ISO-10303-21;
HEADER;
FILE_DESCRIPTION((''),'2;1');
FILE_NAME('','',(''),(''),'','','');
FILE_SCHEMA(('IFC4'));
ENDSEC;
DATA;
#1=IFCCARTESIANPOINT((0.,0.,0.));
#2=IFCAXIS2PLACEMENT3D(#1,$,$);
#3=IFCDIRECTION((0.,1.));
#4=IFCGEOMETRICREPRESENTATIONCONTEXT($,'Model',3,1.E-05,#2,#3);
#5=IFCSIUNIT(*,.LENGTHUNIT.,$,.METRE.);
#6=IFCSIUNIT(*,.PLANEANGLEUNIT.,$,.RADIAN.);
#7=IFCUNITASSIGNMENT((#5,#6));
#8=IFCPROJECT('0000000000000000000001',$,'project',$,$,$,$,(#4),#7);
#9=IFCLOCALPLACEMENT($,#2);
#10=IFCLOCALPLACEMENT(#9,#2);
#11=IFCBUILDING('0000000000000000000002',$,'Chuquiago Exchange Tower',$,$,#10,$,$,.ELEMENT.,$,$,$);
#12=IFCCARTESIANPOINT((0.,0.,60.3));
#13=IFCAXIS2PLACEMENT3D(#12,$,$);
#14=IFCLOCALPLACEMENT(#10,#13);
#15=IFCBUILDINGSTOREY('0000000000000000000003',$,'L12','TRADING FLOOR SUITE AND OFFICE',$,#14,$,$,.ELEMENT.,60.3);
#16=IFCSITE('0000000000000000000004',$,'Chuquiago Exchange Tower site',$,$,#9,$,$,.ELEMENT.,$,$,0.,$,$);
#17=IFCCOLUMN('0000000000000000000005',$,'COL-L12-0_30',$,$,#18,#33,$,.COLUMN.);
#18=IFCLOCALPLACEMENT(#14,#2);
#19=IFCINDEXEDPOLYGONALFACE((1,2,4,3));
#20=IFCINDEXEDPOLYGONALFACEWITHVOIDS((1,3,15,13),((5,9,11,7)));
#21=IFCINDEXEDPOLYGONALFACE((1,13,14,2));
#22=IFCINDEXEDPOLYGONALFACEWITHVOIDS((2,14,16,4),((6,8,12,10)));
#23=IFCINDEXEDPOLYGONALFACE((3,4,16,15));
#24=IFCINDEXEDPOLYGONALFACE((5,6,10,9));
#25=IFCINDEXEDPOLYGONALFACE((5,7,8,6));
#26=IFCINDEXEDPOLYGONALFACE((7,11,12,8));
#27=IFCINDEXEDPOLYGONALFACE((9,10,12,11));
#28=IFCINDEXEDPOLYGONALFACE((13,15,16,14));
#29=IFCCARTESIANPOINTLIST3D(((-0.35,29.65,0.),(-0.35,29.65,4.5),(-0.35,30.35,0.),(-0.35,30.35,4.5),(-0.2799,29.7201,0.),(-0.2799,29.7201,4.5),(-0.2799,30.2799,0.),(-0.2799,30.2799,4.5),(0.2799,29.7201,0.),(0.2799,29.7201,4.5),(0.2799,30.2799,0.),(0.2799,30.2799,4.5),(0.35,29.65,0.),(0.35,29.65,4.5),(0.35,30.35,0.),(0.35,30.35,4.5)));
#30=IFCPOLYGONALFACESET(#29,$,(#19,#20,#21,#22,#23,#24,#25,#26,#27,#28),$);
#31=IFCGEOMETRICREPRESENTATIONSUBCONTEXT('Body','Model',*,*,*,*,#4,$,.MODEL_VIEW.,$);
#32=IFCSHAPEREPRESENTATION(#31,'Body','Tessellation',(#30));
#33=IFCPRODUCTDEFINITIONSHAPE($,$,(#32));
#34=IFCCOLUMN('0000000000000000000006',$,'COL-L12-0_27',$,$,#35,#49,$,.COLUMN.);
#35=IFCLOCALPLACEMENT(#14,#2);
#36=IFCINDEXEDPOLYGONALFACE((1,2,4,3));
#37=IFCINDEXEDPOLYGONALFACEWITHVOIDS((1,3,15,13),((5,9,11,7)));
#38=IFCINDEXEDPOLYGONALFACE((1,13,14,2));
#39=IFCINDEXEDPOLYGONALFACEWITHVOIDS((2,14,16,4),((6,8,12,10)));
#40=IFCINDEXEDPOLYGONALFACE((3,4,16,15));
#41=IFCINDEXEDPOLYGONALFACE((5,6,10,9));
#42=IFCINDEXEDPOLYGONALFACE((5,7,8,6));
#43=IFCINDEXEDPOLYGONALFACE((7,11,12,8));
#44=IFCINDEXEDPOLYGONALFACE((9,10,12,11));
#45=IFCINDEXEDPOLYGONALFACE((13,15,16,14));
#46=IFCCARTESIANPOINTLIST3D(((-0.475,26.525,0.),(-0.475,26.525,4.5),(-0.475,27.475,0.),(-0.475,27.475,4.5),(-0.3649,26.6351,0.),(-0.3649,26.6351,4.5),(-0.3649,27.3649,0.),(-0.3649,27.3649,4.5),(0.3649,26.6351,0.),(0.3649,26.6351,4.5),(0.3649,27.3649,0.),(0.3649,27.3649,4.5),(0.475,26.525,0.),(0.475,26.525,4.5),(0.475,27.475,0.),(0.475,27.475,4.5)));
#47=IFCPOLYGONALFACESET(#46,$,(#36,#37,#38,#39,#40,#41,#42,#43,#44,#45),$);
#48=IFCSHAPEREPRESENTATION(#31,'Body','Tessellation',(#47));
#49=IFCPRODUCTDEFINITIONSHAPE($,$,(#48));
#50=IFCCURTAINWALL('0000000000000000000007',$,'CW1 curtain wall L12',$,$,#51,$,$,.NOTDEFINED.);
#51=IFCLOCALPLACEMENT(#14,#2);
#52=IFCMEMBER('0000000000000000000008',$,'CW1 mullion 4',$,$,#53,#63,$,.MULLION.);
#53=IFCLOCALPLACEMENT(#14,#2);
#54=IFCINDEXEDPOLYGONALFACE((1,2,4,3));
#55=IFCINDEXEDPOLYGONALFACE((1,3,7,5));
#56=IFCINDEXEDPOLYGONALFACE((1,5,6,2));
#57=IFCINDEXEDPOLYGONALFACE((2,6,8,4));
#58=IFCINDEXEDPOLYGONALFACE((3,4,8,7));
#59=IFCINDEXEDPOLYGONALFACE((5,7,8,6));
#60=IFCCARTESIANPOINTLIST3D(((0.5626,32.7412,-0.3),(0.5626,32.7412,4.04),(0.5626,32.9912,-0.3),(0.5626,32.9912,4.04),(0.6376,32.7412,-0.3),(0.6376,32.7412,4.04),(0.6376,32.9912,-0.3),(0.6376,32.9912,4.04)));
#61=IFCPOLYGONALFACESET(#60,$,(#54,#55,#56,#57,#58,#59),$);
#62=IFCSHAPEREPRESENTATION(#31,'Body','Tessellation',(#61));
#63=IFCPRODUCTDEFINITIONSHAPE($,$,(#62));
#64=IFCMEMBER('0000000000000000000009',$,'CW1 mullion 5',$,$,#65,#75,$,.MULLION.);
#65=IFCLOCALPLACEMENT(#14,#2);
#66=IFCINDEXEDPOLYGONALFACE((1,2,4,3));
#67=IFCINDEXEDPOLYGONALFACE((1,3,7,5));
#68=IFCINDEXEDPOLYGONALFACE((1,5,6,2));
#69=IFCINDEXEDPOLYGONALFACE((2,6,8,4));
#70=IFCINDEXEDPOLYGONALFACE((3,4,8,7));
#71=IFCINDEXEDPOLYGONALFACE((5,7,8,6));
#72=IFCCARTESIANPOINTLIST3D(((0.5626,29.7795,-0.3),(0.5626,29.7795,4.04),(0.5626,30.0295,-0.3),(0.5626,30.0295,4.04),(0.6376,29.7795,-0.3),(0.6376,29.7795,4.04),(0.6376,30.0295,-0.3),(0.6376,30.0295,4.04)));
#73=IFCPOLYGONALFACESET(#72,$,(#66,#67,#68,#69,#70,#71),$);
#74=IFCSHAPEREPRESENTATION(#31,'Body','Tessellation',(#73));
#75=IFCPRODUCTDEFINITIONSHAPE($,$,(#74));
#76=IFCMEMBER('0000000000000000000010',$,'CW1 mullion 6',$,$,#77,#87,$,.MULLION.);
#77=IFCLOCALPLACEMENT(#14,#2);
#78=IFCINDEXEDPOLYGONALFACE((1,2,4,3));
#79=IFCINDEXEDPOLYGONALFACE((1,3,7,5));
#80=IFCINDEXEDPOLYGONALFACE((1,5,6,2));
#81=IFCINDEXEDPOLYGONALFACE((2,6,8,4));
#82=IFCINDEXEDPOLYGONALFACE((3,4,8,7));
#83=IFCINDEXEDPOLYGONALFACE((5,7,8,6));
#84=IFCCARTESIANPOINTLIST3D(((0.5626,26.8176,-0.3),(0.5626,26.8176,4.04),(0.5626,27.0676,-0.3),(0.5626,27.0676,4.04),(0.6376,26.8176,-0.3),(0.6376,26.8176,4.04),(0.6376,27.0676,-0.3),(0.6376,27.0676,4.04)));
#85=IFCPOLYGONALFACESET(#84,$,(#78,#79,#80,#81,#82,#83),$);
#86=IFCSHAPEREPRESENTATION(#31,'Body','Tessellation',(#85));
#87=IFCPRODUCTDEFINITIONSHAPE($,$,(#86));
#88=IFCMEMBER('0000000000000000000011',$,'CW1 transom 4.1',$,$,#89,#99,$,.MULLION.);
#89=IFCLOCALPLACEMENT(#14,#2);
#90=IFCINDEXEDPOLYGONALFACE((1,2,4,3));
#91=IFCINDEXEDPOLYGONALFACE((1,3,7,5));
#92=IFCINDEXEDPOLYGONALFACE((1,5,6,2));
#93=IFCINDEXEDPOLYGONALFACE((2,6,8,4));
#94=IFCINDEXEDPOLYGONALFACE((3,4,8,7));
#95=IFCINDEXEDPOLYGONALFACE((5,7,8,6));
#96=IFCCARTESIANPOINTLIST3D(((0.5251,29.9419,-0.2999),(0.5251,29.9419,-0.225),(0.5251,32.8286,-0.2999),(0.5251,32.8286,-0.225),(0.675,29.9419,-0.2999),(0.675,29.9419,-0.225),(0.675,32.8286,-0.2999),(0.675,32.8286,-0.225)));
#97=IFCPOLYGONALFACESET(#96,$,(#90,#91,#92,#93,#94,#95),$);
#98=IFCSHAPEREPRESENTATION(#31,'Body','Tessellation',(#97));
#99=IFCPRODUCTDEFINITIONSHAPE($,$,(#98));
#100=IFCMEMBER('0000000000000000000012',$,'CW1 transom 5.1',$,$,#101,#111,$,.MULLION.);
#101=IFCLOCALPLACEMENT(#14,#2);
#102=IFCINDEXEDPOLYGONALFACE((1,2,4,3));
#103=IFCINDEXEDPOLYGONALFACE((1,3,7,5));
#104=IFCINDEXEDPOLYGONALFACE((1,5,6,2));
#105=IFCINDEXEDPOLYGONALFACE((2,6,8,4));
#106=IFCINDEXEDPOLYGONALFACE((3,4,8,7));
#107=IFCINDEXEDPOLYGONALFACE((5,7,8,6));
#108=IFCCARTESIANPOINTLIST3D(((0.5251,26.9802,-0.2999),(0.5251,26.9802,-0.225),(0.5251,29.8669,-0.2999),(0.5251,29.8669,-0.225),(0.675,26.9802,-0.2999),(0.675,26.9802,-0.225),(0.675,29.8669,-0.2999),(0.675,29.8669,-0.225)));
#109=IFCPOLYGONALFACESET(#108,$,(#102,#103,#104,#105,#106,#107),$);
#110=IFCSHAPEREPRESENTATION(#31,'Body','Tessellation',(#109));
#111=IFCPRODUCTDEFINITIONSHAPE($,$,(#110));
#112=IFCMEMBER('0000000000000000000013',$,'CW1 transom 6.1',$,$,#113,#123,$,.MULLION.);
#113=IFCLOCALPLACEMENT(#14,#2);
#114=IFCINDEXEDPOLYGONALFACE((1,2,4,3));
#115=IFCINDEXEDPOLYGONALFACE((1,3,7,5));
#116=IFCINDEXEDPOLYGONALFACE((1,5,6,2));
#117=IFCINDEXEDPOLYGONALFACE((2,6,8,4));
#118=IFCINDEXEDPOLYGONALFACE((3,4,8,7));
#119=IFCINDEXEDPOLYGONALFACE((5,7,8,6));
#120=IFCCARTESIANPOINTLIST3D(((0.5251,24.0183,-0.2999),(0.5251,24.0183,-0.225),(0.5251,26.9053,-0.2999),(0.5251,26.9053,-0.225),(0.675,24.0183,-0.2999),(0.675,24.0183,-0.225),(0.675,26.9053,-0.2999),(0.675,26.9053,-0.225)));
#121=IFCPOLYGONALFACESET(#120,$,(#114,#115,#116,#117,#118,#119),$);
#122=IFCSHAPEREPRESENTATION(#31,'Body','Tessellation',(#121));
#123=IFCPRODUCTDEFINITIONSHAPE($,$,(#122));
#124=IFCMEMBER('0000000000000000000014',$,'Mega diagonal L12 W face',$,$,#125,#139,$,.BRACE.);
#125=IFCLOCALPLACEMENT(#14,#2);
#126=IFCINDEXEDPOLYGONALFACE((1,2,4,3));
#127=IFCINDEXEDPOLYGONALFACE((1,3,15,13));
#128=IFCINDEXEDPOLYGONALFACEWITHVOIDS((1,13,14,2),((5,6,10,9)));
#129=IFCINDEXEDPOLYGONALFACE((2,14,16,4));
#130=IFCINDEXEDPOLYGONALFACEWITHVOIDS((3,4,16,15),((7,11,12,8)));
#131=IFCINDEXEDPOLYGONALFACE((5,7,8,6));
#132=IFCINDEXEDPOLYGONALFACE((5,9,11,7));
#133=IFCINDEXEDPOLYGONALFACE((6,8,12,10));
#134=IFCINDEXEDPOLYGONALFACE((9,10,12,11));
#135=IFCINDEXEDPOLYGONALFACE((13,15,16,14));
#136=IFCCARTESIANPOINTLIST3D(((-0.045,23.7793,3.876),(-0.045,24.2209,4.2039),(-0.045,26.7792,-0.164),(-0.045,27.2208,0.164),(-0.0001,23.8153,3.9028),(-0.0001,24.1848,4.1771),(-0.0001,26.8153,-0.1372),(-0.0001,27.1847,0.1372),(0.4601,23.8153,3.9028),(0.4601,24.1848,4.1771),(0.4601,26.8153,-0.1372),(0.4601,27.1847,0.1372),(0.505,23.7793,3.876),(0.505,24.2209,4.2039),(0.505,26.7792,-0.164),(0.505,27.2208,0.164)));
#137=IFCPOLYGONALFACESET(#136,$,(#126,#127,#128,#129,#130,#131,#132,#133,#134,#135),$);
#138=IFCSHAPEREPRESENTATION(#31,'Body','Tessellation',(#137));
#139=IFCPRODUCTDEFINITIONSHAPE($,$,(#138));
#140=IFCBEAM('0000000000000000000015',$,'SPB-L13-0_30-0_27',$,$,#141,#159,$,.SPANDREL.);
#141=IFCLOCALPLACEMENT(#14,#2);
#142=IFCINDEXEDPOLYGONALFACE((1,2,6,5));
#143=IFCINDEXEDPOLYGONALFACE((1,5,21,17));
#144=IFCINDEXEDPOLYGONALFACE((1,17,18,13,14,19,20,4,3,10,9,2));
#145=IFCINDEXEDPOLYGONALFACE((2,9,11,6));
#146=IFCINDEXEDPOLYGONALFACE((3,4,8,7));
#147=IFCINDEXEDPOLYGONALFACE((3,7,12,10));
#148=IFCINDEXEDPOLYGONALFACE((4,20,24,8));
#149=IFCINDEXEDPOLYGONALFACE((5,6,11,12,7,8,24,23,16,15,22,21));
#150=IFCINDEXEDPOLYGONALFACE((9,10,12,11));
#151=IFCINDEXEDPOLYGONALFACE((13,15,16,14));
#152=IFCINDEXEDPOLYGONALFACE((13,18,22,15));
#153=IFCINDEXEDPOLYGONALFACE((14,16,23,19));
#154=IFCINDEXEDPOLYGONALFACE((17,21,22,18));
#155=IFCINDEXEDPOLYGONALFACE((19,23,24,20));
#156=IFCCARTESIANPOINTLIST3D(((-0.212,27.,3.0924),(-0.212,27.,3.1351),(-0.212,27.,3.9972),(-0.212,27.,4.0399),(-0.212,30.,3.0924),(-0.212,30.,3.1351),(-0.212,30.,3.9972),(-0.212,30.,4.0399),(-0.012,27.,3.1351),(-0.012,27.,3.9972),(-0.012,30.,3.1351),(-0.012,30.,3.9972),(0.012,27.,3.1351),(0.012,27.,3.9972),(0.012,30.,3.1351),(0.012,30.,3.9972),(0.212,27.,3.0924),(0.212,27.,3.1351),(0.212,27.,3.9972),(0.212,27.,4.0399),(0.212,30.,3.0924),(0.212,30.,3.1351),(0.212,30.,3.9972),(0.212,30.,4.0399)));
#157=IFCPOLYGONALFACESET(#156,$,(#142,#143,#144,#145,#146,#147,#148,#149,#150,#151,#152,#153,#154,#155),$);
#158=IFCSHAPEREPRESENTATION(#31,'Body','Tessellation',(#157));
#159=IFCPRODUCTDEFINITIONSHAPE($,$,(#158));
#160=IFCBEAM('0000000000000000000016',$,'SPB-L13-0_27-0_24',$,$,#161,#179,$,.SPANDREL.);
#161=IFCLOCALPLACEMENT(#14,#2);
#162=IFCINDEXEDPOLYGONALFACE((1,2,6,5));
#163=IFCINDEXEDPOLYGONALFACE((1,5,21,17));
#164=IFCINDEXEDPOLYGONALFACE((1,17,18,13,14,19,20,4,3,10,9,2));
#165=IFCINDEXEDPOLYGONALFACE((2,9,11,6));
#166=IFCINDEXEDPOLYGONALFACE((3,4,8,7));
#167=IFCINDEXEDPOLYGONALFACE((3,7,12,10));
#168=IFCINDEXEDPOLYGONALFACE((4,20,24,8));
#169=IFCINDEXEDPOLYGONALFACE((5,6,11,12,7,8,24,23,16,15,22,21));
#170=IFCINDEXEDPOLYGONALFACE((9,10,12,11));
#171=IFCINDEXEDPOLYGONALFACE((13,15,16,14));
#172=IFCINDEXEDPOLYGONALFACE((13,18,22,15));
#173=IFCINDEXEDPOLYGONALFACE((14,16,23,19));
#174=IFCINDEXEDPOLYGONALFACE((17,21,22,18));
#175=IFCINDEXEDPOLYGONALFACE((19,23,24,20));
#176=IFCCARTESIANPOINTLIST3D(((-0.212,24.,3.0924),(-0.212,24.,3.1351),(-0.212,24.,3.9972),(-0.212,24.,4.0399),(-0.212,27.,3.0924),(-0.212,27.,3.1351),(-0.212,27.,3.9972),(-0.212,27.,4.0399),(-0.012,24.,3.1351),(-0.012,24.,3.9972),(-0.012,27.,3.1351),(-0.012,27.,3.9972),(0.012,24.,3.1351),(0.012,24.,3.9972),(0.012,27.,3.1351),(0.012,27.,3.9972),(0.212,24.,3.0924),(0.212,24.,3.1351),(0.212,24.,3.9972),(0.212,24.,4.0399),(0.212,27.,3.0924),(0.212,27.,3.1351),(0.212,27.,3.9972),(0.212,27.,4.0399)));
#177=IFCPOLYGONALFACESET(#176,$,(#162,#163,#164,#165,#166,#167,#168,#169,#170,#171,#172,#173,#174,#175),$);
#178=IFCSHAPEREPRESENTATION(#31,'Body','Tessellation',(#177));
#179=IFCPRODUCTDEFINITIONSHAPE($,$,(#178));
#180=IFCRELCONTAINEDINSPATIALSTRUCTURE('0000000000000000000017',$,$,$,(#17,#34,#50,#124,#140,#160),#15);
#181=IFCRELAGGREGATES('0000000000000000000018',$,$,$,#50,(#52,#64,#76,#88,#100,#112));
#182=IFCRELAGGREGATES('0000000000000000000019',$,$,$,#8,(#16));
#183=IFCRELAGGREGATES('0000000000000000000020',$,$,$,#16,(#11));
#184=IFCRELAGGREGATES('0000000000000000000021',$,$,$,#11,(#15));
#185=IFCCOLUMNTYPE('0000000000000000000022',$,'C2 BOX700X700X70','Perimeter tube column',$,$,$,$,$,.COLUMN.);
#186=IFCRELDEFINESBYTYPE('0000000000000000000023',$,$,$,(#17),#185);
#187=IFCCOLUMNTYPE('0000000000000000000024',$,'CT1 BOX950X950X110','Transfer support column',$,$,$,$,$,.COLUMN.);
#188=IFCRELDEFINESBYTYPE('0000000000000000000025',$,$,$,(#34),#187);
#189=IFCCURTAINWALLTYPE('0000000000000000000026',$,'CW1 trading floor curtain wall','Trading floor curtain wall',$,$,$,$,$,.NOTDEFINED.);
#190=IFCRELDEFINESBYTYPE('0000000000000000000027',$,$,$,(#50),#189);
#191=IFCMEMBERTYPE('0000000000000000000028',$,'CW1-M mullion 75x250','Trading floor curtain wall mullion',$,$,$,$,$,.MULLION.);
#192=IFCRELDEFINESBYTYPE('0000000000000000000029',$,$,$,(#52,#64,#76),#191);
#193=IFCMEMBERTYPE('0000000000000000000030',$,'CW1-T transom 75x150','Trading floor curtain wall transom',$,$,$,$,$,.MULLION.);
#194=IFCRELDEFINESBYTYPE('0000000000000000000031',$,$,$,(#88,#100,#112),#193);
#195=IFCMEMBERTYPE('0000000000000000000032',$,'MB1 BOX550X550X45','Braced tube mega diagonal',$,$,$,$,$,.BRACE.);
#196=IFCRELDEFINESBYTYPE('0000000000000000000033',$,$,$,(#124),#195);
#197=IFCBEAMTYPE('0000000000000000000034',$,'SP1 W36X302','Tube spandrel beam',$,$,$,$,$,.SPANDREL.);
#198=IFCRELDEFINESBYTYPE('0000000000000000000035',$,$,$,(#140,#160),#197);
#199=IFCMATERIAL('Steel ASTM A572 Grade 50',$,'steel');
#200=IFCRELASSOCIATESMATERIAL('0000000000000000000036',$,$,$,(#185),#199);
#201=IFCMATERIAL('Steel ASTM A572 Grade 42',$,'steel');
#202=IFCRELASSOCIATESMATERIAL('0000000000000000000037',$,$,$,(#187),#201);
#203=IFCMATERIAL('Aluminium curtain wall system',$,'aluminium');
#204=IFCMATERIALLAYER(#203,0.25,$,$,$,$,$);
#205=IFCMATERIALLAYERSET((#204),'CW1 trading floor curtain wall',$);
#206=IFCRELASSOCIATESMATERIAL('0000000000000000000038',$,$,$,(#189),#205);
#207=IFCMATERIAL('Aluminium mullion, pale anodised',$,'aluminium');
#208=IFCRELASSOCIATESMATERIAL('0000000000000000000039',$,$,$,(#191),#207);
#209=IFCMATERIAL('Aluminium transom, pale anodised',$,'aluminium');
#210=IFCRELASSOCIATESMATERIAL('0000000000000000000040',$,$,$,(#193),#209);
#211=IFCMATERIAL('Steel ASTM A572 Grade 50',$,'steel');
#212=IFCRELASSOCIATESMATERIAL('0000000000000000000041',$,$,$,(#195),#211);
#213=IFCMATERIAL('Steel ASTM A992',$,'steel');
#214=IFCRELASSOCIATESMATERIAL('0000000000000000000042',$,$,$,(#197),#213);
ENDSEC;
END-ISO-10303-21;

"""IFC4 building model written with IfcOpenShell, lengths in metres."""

from ifc_helpers import new_model, si_unit, direction, frame, origin, origin_2d, place, context, subcontext, project, spatial, rectangle, hollow_rectangle, i_section, extrude, material, layer, layer_set, material_profile, profile_set, type_object, element, aggregate, save


model = new_model("IFC4")

# Units and contexts
model_context = context("Model", 3, precision=1e-05, world=origin(), true_north=direction((0.0, 1.0)))
body_context = subcontext(model_context, "Body", "Model", "MODEL_VIEW")
ifc_project = project(units=[si_unit("LENGTHUNIT", "METRE"), si_unit("PLANEANGLEUNIT", "RADIAN")], contexts=[model_context])

# Site, building, storey
site_placement = place(None, origin())
site = spatial("IfcSite", under=ifc_project, at=site_placement, Name="Chuquiago Exchange Tower site", CompositionType="ELEMENT", RefElevation=0.0)
building_placement = place(site_placement, origin())
building = spatial("IfcBuilding", under=site, at=building_placement, Name="Chuquiago Exchange Tower", CompositionType="ELEMENT")
storey_placement = place(building_placement, frame((0.0, 0.0, 60.3)))
storey = spatial("IfcBuildingStorey", under=building, at=storey_placement, Name="L12", Description="TRADING FLOOR SUITE AND OFFICE", CompositionType="ELEMENT", Elevation=60.3)

# Columns
ifc_material_1 = material(Name="Steel ASTM A572 Grade 50", Category="steel")
ifc_material_profile_1 = material_profile(ifc_material_1, hollow_rectangle(XDim=0.7, YDim=0.7, WallThickness=0.0701, at=origin_2d()), Name="BOX700X700X70")
ifc_profile_set_1 = profile_set([ifc_material_profile_1], Name="Steel ASTM A572 Grade 50")
column_type_1 = type_object("IfcColumnType", Name="C2 BOX700X700X70", Description="Perimeter tube column", PredefinedType="COLUMN", material=ifc_profile_set_1)
column_1_placement = place(storey_placement, frame((0.0, 30.0, 0.0), z_axis=(0.0, 0.0, 1.0), x_axis=(-1.0, 0.0, 0.0)))
element("IfcColumn", 1, at=column_1_placement, inside=storey, type_object=column_type_1, Name="COL-L12-0_30", PredefinedType="COLUMN", context=body_context, shape_type="SweptSolid", body=[
    extrude(hollow_rectangle(XDim=0.7, YDim=0.7, WallThickness=0.0701, at=origin_2d()), origin(), (0.0, 0.0, 1.0), 4.5),
])
ifc_material_2 = material(Name="Steel ASTM A572 Grade 42", Category="steel")
ifc_material_profile_2 = material_profile(ifc_material_2, hollow_rectangle(XDim=0.95, YDim=0.95, WallThickness=0.1101, at=origin_2d()), Name="BOX950X950X110")
ifc_profile_set_2 = profile_set([ifc_material_profile_2], Name="Steel ASTM A572 Grade 42")
column_type_2 = type_object("IfcColumnType", Name="CT1 BOX950X950X110", Description="Transfer support column", PredefinedType="COLUMN", material=ifc_profile_set_2)
column_2_placement = place(storey_placement, frame((0.0, 27.0, 0.0), z_axis=(0.0, 0.0, 1.0), x_axis=(-1.0, 0.0, 0.0)))
element("IfcColumn", 2, at=column_2_placement, inside=storey, type_object=column_type_2, Name="COL-L12-0_27", PredefinedType="COLUMN", context=body_context, shape_type="SweptSolid", body=[
    extrude(hollow_rectangle(XDim=0.95, YDim=0.95, WallThickness=0.1101, at=origin_2d()), origin(), (0.0, 0.0, 1.0), 4.5),
])

# Curtain wall, members
ifc_material_3 = material(Name="Aluminium curtain wall system", Category="aluminium")
ifc_layer_1 = layer(ifc_material_3, 0.25)
ifc_layer_set_1 = layer_set([ifc_layer_1], Name="CW1 trading floor curtain wall")
curtain_wall_type = type_object("IfcCurtainWallType", Name="CW1 trading floor curtain wall", Description="Trading floor curtain wall", PredefinedType="NOTDEFINED", material=ifc_layer_set_1)
curtain_wall_placement = place(storey_placement, origin())
curtain_wall = element("IfcCurtainWall", 3, at=curtain_wall_placement, inside=storey, type_object=curtain_wall_type, Name="CW1 curtain wall L12", PredefinedType="NOTDEFINED")
ifc_material_4 = material(Name="Aluminium mullion, pale anodised", Category="aluminium")
ifc_material_profile_3 = material_profile(ifc_material_4, rectangle(XDim=0.075, YDim=0.25, at=origin_2d()), Name="AL 75x250")
ifc_profile_set_3 = profile_set([ifc_material_profile_3], Name="Aluminium mullion, pale anodised")
member_type_1 = type_object("IfcMemberType", Name="CW1-M mullion 75x250", Description="Trading floor curtain wall mullion", PredefinedType="MULLION", material=ifc_profile_set_3)
member_1_placement = place(storey_placement, frame((0.6001, 32.8662, -0.3), z_axis=(0.0, 0.0, 1.0), x_axis=(1.0, 0.0, 0.0)))
member_1 = element("IfcMember", 4, at=member_1_placement, type_object=member_type_1, Name="CW1 mullion 4", PredefinedType="MULLION", context=body_context, shape_type="SweptSolid", body=[
    extrude(rectangle(XDim=0.075, YDim=0.25, at=origin_2d()), origin(), (0.0, 0.0, 1.0), 4.3401),
])
member_2_placement = place(storey_placement, frame((0.6001, 29.9045, -0.3), z_axis=(0.0, 0.0, 1.0), x_axis=(1.0, 0.0, 0.0)))
member_2 = element("IfcMember", 5, at=member_2_placement, type_object=member_type_1, Name="CW1 mullion 5", PredefinedType="MULLION", context=body_context, shape_type="SweptSolid", body=[
    extrude(rectangle(XDim=0.075, YDim=0.25, at=origin_2d()), origin(), (0.0, 0.0, 1.0), 4.3401),
])
member_3_placement = place(storey_placement, frame((0.6001, 26.9426, -0.3), z_axis=(0.0, 0.0, 1.0), x_axis=(1.0, 0.0, 0.0)))
member_3 = element("IfcMember", 6, at=member_3_placement, type_object=member_type_1, Name="CW1 mullion 6", PredefinedType="MULLION", context=body_context, shape_type="SweptSolid", body=[
    extrude(rectangle(XDim=0.075, YDim=0.25, at=origin_2d()), origin(), (0.0, 0.0, 1.0), 4.3401),
])
ifc_material_5 = material(Name="Aluminium transom, pale anodised", Category="aluminium")
ifc_material_profile_4 = material_profile(ifc_material_5, rectangle(XDim=0.1499, YDim=0.075, at=origin_2d()), Name="AL 150x75")
ifc_profile_set_4 = profile_set([ifc_material_profile_4], Name="Aluminium transom, pale anodised")
member_type_2 = type_object("IfcMemberType", Name="CW1-T transom 75x150", Description="Trading floor curtain wall transom", PredefinedType="MULLION", material=ifc_profile_set_4)
member_4_placement = place(storey_placement, frame((0.6001, 32.8286, -0.2625), z_axis=(0.0, -1.0, 0.0), x_axis=(1.0, 0.0, 0.0)))
member_4 = element("IfcMember", 7, at=member_4_placement, type_object=member_type_2, Name="CW1 transom 4.1", PredefinedType="MULLION", context=body_context, shape_type="SweptSolid", body=[
    extrude(rectangle(XDim=0.1499, YDim=0.075, at=origin_2d()), origin(), (0.0, 0.0, 1.0), 2.8867),
])
member_5_placement = place(storey_placement, frame((0.6001, 29.8669, -0.2625), z_axis=(0.0, -1.0, 0.0), x_axis=(1.0, 0.0, 0.0)))
member_5 = element("IfcMember", 8, at=member_5_placement, type_object=member_type_2, Name="CW1 transom 5.1", PredefinedType="MULLION", context=body_context, shape_type="SweptSolid", body=[
    extrude(rectangle(XDim=0.1499, YDim=0.075, at=origin_2d()), origin(), (0.0, 0.0, 1.0), 2.8867),
])
member_6_placement = place(storey_placement, frame((0.6001, 26.9053, -0.2625), z_axis=(0.0, -1.0, 0.0), x_axis=(1.0, 0.0, 0.0)))
member_6 = element("IfcMember", 9, at=member_6_placement, type_object=member_type_2, Name="CW1 transom 6.1", PredefinedType="MULLION", context=body_context, shape_type="SweptSolid", body=[
    extrude(rectangle(XDim=0.1499, YDim=0.075, at=origin_2d()), origin(), (0.0, 0.0, 1.0), 2.887),
])

# Member
ifc_material_6 = material(Name="Steel ASTM A572 Grade 50", Category="steel")
ifc_material_profile_5 = material_profile(ifc_material_6, hollow_rectangle(XDim=0.55, YDim=0.55, WallThickness=0.0449, at=origin_2d()), Name="BOX550X550X45")
ifc_profile_set_5 = profile_set([ifc_material_profile_5], Name="Steel ASTM A572 Grade 50")
member_type_3 = type_object("IfcMemberType", Name="MB1 BOX550X550X45", Description="Braced tube mega diagonal", PredefinedType="BRACE", material=ifc_profile_set_5)
member_7_placement = place(storey_placement, frame((0.23, 27.0, 0.0), z_axis=(0.0, -0.596174, 0.802855), x_axis=(1.0, 0.0, 0.0)))
element("IfcMember", 10, at=member_7_placement, inside=storey, type_object=member_type_3, Name="Mega diagonal L12 W face", PredefinedType="BRACE", context=body_context, shape_type="SweptSolid", body=[
    extrude(hollow_rectangle(XDim=0.55, YDim=0.55, WallThickness=0.0449, at=origin_2d()), origin(), (0.0, 0.0, 1.0), 5.032),
])

# Beams
ifc_material_7 = material(Name="Steel ASTM A992", Category="steel")
ifc_material_profile_6 = material_profile(ifc_material_7, i_section(OverallWidth=0.4241, OverallDepth=0.9475, WebThickness=0.0239, FlangeThickness=0.0427, at=origin_2d()), Name="W36X302")
ifc_profile_set_6 = profile_set([ifc_material_profile_6], Name="Steel ASTM A992")
beam_type = type_object("IfcBeamType", Name="SP1 W36X302", Description="Tube spandrel beam", PredefinedType="SPANDREL", material=ifc_profile_set_6)
for number, where, z_axis, x_axis, name in (
    (11, (0.0, 30.0, 3.5662), (0.0, -1.0, 0.0), (1.0, 0.0, 0.0), "SPB-L13-0_30-0_27"),
    (12, (0.0, 27.0, 3.5662), (0.0, -1.0, 0.0), (1.0, 0.0, 0.0), "SPB-L13-0_27-0_24"),
):
    element("IfcBeam", number, at=place(storey_placement, frame(where, z_axis=z_axis, x_axis=x_axis)), inside=storey, type_object=beam_type, Name=name, PredefinedType="SPANDREL", context=body_context, shape_type="SweptSolid", body=[
        extrude(i_section(OverallWidth=0.4241, OverallDepth=0.9475, WebThickness=0.0239, FlangeThickness=0.0427, at=origin_2d()), origin(), (0.0, 0.0, 1.0), 3.0),
    ])

aggregate(curtain_wall, [member_1, member_2, member_3, member_4, member_5, member_6])

save(model, "model.ifc")
